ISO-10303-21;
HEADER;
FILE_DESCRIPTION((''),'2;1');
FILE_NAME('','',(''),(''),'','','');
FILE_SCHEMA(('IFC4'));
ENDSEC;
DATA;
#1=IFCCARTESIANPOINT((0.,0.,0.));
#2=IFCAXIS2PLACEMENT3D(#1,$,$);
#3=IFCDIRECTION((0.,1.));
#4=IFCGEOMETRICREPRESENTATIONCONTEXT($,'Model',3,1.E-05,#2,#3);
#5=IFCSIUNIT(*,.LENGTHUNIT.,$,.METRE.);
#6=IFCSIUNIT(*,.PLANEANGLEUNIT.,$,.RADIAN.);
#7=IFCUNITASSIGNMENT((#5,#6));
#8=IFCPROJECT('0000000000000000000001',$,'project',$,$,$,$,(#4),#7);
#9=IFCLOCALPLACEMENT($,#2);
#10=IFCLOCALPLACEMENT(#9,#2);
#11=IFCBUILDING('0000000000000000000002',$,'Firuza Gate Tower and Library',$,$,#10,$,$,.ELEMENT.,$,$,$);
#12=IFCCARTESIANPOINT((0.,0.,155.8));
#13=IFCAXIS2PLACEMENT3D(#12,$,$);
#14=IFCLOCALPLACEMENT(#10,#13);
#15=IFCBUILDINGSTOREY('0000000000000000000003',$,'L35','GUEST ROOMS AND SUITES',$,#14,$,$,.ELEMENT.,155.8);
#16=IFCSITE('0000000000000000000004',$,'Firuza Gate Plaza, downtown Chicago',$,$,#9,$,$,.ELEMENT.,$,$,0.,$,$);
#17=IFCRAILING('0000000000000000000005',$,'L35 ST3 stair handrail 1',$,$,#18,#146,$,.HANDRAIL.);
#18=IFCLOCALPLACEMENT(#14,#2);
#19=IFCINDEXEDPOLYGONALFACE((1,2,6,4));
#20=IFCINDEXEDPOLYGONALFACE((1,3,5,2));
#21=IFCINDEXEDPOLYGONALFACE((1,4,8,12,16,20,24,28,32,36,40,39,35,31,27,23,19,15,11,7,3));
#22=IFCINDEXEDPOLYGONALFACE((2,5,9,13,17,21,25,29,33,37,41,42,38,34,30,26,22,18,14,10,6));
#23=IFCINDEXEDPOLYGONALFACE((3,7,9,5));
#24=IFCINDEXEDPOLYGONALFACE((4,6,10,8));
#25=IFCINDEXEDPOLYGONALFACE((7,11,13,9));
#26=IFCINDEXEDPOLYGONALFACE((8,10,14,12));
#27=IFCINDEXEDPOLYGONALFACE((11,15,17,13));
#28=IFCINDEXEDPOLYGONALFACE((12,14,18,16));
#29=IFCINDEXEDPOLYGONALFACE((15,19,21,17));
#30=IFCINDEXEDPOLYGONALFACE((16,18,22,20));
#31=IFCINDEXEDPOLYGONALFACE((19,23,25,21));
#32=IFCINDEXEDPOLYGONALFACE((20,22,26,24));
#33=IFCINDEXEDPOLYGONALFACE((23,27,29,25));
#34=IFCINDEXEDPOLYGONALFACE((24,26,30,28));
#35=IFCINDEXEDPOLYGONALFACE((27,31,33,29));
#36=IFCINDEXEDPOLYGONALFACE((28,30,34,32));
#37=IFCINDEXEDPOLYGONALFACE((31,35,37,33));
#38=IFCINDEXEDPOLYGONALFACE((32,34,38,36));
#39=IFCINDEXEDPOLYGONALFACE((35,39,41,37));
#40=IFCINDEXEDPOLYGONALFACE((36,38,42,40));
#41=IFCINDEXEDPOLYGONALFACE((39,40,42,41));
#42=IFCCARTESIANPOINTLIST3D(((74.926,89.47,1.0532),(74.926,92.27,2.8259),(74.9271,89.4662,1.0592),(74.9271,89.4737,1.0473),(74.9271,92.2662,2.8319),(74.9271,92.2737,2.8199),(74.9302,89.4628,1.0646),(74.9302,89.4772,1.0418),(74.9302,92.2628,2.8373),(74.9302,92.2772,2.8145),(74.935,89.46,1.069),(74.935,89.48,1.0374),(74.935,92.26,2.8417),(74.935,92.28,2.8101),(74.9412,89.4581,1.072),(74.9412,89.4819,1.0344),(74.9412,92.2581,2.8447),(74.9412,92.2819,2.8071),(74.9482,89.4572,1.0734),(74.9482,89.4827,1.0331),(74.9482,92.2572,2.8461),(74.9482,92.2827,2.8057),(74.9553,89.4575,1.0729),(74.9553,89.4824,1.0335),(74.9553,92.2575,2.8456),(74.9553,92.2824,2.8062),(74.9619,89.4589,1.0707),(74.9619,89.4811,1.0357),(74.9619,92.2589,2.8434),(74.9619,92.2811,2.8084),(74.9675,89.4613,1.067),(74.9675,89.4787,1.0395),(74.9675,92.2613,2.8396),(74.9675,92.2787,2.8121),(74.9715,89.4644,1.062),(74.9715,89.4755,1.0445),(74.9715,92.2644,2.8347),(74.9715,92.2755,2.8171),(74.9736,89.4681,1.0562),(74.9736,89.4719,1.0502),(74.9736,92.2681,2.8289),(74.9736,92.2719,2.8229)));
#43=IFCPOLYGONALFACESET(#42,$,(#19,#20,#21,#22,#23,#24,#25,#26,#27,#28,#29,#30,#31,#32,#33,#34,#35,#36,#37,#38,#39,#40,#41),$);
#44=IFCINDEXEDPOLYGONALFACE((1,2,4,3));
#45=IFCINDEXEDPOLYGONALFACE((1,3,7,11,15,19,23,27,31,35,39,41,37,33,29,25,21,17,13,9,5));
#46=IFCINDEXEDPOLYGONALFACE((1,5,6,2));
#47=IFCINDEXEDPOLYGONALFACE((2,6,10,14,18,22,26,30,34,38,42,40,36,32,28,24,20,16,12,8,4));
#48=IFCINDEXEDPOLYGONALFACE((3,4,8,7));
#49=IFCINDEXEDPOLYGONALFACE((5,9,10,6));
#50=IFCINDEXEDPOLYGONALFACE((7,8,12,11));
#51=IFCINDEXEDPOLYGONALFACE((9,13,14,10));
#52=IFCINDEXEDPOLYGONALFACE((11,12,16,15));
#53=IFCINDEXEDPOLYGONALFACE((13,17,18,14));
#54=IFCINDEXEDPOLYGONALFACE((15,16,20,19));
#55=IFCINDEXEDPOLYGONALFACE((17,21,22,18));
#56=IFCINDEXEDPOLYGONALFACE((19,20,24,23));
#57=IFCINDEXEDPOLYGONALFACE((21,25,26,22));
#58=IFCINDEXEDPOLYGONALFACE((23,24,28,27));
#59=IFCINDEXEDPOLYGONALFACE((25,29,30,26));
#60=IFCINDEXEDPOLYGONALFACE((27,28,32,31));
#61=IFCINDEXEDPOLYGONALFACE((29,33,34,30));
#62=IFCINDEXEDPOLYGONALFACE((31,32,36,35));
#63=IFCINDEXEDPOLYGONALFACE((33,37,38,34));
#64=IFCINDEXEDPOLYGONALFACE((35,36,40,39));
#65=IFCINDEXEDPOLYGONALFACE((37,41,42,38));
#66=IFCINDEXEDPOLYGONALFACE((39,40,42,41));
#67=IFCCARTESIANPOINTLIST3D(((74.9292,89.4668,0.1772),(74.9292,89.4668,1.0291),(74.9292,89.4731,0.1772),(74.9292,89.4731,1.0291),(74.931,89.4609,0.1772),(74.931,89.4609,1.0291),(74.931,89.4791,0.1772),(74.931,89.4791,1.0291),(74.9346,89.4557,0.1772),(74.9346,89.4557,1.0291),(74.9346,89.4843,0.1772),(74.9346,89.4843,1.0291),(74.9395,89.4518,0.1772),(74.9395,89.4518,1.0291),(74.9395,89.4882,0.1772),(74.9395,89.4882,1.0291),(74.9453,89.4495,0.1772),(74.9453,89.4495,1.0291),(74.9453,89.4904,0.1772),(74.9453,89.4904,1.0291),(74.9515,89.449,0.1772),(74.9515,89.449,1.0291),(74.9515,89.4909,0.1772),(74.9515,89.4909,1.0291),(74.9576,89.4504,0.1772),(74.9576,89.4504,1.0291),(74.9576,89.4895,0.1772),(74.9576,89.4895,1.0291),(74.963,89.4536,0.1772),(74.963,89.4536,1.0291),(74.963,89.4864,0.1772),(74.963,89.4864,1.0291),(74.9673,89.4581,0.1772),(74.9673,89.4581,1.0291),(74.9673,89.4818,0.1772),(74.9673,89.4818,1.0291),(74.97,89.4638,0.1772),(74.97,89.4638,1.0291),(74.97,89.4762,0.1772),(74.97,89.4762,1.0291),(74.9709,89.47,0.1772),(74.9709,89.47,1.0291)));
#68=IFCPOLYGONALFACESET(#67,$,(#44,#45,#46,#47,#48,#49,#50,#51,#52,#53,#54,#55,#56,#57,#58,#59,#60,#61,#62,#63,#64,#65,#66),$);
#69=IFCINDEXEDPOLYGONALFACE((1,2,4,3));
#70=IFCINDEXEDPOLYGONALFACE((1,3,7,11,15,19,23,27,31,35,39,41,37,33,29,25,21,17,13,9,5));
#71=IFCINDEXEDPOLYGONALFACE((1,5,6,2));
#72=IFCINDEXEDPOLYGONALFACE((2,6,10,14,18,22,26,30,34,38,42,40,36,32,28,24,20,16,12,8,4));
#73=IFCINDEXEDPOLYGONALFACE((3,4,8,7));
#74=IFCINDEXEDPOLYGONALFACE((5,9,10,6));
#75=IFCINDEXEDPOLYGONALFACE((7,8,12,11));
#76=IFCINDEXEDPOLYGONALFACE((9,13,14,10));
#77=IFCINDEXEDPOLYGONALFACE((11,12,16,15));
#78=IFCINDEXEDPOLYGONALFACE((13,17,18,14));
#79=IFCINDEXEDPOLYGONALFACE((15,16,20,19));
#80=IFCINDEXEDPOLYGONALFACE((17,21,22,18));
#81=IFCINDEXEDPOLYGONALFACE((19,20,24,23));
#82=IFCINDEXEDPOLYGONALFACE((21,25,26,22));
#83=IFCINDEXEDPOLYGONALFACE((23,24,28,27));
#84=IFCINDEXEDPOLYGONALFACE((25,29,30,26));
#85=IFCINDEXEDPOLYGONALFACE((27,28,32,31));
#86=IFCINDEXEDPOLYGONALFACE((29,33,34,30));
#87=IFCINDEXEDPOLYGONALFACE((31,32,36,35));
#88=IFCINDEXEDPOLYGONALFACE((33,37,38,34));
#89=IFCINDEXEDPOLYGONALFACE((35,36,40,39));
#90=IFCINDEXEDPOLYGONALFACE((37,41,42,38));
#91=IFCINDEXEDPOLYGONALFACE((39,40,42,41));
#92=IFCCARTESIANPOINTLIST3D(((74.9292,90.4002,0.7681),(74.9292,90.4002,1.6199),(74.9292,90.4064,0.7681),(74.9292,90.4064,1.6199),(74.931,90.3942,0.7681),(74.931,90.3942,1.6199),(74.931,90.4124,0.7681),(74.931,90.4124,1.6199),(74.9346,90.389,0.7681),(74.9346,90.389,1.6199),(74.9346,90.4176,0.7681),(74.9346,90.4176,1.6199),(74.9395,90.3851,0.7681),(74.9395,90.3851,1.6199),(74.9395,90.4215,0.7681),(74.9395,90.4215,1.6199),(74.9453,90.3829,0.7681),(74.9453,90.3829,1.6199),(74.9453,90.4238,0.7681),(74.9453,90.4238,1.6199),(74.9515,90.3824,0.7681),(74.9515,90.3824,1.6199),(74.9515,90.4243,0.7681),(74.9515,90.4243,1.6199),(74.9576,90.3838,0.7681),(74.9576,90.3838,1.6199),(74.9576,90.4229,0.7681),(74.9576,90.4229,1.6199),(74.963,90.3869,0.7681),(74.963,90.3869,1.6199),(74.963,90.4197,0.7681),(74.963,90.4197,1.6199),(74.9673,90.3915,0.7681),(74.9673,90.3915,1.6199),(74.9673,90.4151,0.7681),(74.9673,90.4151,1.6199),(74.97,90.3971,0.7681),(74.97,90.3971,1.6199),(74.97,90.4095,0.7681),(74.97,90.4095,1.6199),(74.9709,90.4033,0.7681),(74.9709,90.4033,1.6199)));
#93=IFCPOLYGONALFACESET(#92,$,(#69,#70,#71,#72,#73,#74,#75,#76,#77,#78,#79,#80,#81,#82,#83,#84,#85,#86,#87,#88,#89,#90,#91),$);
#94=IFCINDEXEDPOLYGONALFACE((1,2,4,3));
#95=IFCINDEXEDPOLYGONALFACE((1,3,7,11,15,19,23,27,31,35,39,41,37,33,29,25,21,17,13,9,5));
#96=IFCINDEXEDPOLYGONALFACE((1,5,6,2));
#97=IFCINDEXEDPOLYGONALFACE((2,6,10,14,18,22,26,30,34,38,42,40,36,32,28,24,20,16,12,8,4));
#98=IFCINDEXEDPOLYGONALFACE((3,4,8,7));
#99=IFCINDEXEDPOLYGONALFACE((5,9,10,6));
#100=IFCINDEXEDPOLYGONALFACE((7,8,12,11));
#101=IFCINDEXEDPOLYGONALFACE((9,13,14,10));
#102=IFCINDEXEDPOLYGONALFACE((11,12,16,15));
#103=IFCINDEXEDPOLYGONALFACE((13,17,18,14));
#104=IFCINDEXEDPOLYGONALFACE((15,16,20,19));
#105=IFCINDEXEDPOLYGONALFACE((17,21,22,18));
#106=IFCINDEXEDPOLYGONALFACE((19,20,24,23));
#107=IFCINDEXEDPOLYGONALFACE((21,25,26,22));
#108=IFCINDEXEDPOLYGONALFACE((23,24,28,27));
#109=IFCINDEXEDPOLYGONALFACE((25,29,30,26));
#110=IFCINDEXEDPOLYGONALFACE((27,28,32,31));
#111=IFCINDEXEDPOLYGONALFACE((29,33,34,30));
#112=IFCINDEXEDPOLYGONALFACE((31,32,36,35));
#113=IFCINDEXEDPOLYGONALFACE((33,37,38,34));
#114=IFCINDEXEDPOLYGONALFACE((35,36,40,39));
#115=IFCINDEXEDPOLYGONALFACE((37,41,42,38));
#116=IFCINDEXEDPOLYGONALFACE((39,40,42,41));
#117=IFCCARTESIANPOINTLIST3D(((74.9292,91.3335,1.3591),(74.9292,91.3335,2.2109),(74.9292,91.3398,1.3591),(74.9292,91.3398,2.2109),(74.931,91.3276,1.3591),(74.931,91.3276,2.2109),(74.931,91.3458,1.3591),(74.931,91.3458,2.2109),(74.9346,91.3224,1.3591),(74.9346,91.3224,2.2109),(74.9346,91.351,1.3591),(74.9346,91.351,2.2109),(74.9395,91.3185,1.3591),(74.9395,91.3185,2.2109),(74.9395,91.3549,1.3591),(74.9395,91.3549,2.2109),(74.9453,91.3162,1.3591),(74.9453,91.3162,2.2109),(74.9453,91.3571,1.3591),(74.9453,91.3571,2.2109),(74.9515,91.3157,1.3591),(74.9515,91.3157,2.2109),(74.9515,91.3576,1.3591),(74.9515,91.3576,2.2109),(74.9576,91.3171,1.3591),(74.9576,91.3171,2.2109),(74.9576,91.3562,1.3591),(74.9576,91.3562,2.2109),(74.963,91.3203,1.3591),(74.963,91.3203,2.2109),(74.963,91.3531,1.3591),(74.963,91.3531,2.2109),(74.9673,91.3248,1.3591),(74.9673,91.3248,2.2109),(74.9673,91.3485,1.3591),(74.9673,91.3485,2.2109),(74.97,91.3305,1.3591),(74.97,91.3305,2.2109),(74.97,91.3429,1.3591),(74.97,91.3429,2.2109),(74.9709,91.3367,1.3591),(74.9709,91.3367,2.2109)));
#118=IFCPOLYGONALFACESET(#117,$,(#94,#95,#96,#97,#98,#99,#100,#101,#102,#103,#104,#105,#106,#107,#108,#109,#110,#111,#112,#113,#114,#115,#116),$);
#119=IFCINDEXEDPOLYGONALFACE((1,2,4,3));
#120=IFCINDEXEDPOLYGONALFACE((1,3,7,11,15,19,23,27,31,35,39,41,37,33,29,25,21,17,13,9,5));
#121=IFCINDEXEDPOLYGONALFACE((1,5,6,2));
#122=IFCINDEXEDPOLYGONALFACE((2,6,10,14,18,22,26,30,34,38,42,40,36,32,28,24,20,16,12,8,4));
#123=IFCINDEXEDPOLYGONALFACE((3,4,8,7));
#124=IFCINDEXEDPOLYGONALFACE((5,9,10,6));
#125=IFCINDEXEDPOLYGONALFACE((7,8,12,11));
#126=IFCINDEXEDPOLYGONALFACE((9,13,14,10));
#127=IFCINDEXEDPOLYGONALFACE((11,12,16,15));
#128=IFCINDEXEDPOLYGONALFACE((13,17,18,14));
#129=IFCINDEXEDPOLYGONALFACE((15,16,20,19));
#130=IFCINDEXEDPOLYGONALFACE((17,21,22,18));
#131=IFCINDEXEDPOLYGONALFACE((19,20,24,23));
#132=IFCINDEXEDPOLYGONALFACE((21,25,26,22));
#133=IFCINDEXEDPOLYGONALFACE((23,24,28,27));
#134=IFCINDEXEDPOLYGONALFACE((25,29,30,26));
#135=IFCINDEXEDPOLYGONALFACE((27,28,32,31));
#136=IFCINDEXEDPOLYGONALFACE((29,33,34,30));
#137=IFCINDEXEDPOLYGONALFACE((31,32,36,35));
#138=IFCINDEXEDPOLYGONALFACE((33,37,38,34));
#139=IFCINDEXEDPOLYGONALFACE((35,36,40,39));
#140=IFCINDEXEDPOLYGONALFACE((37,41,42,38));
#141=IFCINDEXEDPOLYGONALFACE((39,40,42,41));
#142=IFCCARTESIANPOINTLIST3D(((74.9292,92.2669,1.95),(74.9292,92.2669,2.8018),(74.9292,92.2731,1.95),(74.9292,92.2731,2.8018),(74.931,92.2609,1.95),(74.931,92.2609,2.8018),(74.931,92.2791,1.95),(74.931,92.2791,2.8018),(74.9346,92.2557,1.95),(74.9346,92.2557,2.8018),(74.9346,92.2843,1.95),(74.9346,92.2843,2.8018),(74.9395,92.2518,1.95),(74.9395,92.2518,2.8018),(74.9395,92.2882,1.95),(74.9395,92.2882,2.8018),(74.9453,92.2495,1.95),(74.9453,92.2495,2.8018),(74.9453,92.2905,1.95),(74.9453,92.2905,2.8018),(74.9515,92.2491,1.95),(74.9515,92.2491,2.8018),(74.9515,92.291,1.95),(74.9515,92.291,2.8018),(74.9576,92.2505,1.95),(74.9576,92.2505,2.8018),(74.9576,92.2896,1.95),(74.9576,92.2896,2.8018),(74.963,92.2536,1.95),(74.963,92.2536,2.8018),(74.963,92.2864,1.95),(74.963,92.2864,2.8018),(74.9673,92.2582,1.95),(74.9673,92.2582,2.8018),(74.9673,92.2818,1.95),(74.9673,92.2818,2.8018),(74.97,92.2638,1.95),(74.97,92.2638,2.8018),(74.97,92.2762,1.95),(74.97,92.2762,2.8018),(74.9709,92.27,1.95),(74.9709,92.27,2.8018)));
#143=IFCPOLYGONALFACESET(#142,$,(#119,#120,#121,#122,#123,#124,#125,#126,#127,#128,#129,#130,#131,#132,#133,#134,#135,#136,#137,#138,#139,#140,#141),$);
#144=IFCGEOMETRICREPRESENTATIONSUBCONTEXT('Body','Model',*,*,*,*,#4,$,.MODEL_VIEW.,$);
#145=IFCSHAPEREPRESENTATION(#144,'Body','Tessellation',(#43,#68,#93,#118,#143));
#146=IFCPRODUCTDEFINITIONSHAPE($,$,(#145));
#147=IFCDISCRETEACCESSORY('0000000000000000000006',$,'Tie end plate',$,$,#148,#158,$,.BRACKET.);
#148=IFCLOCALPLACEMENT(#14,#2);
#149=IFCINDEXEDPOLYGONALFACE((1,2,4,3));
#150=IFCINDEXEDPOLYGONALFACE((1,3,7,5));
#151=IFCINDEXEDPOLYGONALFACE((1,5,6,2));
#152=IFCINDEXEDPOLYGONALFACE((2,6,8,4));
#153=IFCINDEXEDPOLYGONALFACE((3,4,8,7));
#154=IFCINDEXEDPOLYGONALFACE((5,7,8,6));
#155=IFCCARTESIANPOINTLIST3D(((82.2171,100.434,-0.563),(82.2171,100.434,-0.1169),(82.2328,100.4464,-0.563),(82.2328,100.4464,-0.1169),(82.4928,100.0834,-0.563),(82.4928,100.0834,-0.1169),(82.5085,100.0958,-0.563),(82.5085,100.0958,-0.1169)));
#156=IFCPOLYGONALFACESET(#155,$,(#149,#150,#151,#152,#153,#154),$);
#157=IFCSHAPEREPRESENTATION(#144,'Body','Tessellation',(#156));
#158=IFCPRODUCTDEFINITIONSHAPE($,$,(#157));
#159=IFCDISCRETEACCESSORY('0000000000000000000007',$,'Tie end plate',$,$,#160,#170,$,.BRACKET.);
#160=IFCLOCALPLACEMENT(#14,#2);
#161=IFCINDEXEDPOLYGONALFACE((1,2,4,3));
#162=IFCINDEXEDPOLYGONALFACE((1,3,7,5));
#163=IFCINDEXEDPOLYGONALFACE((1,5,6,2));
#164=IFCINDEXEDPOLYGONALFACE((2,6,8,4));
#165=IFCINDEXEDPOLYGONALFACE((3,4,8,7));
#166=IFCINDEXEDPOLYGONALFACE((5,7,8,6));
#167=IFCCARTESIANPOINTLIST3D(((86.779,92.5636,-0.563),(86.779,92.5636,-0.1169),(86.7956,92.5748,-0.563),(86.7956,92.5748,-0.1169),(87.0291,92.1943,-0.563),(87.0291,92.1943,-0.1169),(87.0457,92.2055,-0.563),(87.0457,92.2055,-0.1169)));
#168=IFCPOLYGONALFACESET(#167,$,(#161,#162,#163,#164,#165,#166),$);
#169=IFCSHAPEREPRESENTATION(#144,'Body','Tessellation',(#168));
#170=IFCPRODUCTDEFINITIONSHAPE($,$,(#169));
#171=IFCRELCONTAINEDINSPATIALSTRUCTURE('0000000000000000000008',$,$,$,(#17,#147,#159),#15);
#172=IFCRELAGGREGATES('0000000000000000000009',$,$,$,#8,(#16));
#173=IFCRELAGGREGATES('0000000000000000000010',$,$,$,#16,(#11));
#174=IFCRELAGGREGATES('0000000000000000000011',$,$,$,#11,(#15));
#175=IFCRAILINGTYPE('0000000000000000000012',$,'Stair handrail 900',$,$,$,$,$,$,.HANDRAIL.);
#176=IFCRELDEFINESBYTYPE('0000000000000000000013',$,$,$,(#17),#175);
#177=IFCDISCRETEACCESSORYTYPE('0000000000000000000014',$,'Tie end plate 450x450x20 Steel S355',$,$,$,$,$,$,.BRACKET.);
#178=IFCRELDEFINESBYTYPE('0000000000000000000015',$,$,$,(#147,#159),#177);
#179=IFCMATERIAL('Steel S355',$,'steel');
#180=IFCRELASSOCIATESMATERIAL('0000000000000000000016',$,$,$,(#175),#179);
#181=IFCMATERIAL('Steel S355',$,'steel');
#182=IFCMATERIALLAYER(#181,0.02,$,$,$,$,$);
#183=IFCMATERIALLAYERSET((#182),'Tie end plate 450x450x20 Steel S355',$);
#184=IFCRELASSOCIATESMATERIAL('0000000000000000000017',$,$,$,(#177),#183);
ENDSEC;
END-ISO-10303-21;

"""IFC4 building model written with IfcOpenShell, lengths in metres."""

from ifc_helpers import new_model, si_unit, direction, frame, origin, origin_2d, place, context, subcontext, project, spatial, rectangle, circle, extrude, material, layer, layer_set, type_object, element, save


model = new_model("IFC4")

# Units and contexts
model_context = context("Model", 3, precision=1e-05, world=origin(), true_north=direction((0.0, 1.0)))
body_context = subcontext(model_context, "Body", "Model", "MODEL_VIEW")
ifc_project = project(units=[si_unit("LENGTHUNIT", "METRE"), si_unit("PLANEANGLEUNIT", "RADIAN")], contexts=[model_context])

# Site, building, storey
site_placement = place(None, origin())
site = spatial("IfcSite", under=ifc_project, at=site_placement, Name="Firuza Gate Plaza, downtown Chicago", CompositionType="ELEMENT", RefElevation=0.0)
building_placement = place(site_placement, origin())
building = spatial("IfcBuilding", under=site, at=building_placement, Name="Firuza Gate Tower and Library", CompositionType="ELEMENT")
storey_placement = place(building_placement, frame((0.0, 0.0, 155.8)))
storey = spatial("IfcBuildingStorey", under=building, at=storey_placement, Name="L35", Description="GUEST ROOMS AND SUITES", CompositionType="ELEMENT", Elevation=155.8)

# Railing
ifc_material_1 = material(Name="Steel S355", Category="steel")
railing_type = type_object("IfcRailingType", Name="Stair handrail 900", PredefinedType="HANDRAIL", material=ifc_material_1)
railing_placement = place(storey_placement, frame((74.95, 89.47, 0.1772)))
element("IfcRailing", 1, at=railing_placement, inside=storey, type_object=railing_type, Name="L35 ST3 stair handrail 1", PredefinedType="HANDRAIL", context=body_context, shape_type="SweptSolid", body=[
    extrude(circle(Radius=0.0239, at=origin_2d()), frame((0.0, 0.0, 0.876), z_axis=(0.0, 0.844909, 0.53491), x_axis=(-1.0, 0.0, 0.0)), (0.0, 0.0, 1.0), 3.314),
    extrude(circle(Radius=0.021, at=origin_2d()), origin(), (0.0, 0.0, 1.0), 0.8518),
    extrude(circle(Radius=0.021, at=origin_2d()), frame((0.0, 0.9333, 0.5908)), (0.0, 0.0, 1.0), 0.8518),
    extrude(circle(Radius=0.021, at=origin_2d()), frame((0.0, 1.8667, 1.1819)), (0.0, 0.0, 1.0), 0.8518),
    extrude(circle(Radius=0.021, at=origin_2d()), frame((0.0, 2.8, 1.7727)), (0.0, 0.0, 1.0), 0.8518),
])

# Discrete accessories
ifc_material_2 = material(Name="Steel S355", Category="steel")
ifc_layer_1 = layer(ifc_material_2, 0.02)
ifc_layer_set_1 = layer_set([ifc_layer_1], Name="Tie end plate 450x450x20 Steel S355")
discrete_accessory_type = type_object("IfcDiscreteAccessoryType", Name="Tie end plate 450x450x20 Steel S355", PredefinedType="BRACKET", material=ifc_layer_set_1)
for number, where, z_axis, x_axis, name in (
    (2, (82.3628, 100.2649, -0.563), (0.0, 0.0, 1.0), (-0.786057, -0.618154, 0.0), "Tie end plate"),
    (3, (86.9124, 92.3845, -0.563), (0.0, 0.0, 1.0), (-0.827946, -0.560808, 0.0), "Tie end plate"),
):
    element("IfcDiscreteAccessory", number, at=place(storey_placement, frame(where, z_axis=z_axis, x_axis=x_axis)), inside=storey, type_object=discrete_accessory_type, Name=name, PredefinedType="BRACKET", context=body_context, shape_type="SweptSolid", body=[
        extrude(rectangle(XDim=0.02, YDim=0.446, at=origin_2d()), origin(), (0.0, 0.0, 1.0), 0.446),
    ])

save(model, "model.ifc")
